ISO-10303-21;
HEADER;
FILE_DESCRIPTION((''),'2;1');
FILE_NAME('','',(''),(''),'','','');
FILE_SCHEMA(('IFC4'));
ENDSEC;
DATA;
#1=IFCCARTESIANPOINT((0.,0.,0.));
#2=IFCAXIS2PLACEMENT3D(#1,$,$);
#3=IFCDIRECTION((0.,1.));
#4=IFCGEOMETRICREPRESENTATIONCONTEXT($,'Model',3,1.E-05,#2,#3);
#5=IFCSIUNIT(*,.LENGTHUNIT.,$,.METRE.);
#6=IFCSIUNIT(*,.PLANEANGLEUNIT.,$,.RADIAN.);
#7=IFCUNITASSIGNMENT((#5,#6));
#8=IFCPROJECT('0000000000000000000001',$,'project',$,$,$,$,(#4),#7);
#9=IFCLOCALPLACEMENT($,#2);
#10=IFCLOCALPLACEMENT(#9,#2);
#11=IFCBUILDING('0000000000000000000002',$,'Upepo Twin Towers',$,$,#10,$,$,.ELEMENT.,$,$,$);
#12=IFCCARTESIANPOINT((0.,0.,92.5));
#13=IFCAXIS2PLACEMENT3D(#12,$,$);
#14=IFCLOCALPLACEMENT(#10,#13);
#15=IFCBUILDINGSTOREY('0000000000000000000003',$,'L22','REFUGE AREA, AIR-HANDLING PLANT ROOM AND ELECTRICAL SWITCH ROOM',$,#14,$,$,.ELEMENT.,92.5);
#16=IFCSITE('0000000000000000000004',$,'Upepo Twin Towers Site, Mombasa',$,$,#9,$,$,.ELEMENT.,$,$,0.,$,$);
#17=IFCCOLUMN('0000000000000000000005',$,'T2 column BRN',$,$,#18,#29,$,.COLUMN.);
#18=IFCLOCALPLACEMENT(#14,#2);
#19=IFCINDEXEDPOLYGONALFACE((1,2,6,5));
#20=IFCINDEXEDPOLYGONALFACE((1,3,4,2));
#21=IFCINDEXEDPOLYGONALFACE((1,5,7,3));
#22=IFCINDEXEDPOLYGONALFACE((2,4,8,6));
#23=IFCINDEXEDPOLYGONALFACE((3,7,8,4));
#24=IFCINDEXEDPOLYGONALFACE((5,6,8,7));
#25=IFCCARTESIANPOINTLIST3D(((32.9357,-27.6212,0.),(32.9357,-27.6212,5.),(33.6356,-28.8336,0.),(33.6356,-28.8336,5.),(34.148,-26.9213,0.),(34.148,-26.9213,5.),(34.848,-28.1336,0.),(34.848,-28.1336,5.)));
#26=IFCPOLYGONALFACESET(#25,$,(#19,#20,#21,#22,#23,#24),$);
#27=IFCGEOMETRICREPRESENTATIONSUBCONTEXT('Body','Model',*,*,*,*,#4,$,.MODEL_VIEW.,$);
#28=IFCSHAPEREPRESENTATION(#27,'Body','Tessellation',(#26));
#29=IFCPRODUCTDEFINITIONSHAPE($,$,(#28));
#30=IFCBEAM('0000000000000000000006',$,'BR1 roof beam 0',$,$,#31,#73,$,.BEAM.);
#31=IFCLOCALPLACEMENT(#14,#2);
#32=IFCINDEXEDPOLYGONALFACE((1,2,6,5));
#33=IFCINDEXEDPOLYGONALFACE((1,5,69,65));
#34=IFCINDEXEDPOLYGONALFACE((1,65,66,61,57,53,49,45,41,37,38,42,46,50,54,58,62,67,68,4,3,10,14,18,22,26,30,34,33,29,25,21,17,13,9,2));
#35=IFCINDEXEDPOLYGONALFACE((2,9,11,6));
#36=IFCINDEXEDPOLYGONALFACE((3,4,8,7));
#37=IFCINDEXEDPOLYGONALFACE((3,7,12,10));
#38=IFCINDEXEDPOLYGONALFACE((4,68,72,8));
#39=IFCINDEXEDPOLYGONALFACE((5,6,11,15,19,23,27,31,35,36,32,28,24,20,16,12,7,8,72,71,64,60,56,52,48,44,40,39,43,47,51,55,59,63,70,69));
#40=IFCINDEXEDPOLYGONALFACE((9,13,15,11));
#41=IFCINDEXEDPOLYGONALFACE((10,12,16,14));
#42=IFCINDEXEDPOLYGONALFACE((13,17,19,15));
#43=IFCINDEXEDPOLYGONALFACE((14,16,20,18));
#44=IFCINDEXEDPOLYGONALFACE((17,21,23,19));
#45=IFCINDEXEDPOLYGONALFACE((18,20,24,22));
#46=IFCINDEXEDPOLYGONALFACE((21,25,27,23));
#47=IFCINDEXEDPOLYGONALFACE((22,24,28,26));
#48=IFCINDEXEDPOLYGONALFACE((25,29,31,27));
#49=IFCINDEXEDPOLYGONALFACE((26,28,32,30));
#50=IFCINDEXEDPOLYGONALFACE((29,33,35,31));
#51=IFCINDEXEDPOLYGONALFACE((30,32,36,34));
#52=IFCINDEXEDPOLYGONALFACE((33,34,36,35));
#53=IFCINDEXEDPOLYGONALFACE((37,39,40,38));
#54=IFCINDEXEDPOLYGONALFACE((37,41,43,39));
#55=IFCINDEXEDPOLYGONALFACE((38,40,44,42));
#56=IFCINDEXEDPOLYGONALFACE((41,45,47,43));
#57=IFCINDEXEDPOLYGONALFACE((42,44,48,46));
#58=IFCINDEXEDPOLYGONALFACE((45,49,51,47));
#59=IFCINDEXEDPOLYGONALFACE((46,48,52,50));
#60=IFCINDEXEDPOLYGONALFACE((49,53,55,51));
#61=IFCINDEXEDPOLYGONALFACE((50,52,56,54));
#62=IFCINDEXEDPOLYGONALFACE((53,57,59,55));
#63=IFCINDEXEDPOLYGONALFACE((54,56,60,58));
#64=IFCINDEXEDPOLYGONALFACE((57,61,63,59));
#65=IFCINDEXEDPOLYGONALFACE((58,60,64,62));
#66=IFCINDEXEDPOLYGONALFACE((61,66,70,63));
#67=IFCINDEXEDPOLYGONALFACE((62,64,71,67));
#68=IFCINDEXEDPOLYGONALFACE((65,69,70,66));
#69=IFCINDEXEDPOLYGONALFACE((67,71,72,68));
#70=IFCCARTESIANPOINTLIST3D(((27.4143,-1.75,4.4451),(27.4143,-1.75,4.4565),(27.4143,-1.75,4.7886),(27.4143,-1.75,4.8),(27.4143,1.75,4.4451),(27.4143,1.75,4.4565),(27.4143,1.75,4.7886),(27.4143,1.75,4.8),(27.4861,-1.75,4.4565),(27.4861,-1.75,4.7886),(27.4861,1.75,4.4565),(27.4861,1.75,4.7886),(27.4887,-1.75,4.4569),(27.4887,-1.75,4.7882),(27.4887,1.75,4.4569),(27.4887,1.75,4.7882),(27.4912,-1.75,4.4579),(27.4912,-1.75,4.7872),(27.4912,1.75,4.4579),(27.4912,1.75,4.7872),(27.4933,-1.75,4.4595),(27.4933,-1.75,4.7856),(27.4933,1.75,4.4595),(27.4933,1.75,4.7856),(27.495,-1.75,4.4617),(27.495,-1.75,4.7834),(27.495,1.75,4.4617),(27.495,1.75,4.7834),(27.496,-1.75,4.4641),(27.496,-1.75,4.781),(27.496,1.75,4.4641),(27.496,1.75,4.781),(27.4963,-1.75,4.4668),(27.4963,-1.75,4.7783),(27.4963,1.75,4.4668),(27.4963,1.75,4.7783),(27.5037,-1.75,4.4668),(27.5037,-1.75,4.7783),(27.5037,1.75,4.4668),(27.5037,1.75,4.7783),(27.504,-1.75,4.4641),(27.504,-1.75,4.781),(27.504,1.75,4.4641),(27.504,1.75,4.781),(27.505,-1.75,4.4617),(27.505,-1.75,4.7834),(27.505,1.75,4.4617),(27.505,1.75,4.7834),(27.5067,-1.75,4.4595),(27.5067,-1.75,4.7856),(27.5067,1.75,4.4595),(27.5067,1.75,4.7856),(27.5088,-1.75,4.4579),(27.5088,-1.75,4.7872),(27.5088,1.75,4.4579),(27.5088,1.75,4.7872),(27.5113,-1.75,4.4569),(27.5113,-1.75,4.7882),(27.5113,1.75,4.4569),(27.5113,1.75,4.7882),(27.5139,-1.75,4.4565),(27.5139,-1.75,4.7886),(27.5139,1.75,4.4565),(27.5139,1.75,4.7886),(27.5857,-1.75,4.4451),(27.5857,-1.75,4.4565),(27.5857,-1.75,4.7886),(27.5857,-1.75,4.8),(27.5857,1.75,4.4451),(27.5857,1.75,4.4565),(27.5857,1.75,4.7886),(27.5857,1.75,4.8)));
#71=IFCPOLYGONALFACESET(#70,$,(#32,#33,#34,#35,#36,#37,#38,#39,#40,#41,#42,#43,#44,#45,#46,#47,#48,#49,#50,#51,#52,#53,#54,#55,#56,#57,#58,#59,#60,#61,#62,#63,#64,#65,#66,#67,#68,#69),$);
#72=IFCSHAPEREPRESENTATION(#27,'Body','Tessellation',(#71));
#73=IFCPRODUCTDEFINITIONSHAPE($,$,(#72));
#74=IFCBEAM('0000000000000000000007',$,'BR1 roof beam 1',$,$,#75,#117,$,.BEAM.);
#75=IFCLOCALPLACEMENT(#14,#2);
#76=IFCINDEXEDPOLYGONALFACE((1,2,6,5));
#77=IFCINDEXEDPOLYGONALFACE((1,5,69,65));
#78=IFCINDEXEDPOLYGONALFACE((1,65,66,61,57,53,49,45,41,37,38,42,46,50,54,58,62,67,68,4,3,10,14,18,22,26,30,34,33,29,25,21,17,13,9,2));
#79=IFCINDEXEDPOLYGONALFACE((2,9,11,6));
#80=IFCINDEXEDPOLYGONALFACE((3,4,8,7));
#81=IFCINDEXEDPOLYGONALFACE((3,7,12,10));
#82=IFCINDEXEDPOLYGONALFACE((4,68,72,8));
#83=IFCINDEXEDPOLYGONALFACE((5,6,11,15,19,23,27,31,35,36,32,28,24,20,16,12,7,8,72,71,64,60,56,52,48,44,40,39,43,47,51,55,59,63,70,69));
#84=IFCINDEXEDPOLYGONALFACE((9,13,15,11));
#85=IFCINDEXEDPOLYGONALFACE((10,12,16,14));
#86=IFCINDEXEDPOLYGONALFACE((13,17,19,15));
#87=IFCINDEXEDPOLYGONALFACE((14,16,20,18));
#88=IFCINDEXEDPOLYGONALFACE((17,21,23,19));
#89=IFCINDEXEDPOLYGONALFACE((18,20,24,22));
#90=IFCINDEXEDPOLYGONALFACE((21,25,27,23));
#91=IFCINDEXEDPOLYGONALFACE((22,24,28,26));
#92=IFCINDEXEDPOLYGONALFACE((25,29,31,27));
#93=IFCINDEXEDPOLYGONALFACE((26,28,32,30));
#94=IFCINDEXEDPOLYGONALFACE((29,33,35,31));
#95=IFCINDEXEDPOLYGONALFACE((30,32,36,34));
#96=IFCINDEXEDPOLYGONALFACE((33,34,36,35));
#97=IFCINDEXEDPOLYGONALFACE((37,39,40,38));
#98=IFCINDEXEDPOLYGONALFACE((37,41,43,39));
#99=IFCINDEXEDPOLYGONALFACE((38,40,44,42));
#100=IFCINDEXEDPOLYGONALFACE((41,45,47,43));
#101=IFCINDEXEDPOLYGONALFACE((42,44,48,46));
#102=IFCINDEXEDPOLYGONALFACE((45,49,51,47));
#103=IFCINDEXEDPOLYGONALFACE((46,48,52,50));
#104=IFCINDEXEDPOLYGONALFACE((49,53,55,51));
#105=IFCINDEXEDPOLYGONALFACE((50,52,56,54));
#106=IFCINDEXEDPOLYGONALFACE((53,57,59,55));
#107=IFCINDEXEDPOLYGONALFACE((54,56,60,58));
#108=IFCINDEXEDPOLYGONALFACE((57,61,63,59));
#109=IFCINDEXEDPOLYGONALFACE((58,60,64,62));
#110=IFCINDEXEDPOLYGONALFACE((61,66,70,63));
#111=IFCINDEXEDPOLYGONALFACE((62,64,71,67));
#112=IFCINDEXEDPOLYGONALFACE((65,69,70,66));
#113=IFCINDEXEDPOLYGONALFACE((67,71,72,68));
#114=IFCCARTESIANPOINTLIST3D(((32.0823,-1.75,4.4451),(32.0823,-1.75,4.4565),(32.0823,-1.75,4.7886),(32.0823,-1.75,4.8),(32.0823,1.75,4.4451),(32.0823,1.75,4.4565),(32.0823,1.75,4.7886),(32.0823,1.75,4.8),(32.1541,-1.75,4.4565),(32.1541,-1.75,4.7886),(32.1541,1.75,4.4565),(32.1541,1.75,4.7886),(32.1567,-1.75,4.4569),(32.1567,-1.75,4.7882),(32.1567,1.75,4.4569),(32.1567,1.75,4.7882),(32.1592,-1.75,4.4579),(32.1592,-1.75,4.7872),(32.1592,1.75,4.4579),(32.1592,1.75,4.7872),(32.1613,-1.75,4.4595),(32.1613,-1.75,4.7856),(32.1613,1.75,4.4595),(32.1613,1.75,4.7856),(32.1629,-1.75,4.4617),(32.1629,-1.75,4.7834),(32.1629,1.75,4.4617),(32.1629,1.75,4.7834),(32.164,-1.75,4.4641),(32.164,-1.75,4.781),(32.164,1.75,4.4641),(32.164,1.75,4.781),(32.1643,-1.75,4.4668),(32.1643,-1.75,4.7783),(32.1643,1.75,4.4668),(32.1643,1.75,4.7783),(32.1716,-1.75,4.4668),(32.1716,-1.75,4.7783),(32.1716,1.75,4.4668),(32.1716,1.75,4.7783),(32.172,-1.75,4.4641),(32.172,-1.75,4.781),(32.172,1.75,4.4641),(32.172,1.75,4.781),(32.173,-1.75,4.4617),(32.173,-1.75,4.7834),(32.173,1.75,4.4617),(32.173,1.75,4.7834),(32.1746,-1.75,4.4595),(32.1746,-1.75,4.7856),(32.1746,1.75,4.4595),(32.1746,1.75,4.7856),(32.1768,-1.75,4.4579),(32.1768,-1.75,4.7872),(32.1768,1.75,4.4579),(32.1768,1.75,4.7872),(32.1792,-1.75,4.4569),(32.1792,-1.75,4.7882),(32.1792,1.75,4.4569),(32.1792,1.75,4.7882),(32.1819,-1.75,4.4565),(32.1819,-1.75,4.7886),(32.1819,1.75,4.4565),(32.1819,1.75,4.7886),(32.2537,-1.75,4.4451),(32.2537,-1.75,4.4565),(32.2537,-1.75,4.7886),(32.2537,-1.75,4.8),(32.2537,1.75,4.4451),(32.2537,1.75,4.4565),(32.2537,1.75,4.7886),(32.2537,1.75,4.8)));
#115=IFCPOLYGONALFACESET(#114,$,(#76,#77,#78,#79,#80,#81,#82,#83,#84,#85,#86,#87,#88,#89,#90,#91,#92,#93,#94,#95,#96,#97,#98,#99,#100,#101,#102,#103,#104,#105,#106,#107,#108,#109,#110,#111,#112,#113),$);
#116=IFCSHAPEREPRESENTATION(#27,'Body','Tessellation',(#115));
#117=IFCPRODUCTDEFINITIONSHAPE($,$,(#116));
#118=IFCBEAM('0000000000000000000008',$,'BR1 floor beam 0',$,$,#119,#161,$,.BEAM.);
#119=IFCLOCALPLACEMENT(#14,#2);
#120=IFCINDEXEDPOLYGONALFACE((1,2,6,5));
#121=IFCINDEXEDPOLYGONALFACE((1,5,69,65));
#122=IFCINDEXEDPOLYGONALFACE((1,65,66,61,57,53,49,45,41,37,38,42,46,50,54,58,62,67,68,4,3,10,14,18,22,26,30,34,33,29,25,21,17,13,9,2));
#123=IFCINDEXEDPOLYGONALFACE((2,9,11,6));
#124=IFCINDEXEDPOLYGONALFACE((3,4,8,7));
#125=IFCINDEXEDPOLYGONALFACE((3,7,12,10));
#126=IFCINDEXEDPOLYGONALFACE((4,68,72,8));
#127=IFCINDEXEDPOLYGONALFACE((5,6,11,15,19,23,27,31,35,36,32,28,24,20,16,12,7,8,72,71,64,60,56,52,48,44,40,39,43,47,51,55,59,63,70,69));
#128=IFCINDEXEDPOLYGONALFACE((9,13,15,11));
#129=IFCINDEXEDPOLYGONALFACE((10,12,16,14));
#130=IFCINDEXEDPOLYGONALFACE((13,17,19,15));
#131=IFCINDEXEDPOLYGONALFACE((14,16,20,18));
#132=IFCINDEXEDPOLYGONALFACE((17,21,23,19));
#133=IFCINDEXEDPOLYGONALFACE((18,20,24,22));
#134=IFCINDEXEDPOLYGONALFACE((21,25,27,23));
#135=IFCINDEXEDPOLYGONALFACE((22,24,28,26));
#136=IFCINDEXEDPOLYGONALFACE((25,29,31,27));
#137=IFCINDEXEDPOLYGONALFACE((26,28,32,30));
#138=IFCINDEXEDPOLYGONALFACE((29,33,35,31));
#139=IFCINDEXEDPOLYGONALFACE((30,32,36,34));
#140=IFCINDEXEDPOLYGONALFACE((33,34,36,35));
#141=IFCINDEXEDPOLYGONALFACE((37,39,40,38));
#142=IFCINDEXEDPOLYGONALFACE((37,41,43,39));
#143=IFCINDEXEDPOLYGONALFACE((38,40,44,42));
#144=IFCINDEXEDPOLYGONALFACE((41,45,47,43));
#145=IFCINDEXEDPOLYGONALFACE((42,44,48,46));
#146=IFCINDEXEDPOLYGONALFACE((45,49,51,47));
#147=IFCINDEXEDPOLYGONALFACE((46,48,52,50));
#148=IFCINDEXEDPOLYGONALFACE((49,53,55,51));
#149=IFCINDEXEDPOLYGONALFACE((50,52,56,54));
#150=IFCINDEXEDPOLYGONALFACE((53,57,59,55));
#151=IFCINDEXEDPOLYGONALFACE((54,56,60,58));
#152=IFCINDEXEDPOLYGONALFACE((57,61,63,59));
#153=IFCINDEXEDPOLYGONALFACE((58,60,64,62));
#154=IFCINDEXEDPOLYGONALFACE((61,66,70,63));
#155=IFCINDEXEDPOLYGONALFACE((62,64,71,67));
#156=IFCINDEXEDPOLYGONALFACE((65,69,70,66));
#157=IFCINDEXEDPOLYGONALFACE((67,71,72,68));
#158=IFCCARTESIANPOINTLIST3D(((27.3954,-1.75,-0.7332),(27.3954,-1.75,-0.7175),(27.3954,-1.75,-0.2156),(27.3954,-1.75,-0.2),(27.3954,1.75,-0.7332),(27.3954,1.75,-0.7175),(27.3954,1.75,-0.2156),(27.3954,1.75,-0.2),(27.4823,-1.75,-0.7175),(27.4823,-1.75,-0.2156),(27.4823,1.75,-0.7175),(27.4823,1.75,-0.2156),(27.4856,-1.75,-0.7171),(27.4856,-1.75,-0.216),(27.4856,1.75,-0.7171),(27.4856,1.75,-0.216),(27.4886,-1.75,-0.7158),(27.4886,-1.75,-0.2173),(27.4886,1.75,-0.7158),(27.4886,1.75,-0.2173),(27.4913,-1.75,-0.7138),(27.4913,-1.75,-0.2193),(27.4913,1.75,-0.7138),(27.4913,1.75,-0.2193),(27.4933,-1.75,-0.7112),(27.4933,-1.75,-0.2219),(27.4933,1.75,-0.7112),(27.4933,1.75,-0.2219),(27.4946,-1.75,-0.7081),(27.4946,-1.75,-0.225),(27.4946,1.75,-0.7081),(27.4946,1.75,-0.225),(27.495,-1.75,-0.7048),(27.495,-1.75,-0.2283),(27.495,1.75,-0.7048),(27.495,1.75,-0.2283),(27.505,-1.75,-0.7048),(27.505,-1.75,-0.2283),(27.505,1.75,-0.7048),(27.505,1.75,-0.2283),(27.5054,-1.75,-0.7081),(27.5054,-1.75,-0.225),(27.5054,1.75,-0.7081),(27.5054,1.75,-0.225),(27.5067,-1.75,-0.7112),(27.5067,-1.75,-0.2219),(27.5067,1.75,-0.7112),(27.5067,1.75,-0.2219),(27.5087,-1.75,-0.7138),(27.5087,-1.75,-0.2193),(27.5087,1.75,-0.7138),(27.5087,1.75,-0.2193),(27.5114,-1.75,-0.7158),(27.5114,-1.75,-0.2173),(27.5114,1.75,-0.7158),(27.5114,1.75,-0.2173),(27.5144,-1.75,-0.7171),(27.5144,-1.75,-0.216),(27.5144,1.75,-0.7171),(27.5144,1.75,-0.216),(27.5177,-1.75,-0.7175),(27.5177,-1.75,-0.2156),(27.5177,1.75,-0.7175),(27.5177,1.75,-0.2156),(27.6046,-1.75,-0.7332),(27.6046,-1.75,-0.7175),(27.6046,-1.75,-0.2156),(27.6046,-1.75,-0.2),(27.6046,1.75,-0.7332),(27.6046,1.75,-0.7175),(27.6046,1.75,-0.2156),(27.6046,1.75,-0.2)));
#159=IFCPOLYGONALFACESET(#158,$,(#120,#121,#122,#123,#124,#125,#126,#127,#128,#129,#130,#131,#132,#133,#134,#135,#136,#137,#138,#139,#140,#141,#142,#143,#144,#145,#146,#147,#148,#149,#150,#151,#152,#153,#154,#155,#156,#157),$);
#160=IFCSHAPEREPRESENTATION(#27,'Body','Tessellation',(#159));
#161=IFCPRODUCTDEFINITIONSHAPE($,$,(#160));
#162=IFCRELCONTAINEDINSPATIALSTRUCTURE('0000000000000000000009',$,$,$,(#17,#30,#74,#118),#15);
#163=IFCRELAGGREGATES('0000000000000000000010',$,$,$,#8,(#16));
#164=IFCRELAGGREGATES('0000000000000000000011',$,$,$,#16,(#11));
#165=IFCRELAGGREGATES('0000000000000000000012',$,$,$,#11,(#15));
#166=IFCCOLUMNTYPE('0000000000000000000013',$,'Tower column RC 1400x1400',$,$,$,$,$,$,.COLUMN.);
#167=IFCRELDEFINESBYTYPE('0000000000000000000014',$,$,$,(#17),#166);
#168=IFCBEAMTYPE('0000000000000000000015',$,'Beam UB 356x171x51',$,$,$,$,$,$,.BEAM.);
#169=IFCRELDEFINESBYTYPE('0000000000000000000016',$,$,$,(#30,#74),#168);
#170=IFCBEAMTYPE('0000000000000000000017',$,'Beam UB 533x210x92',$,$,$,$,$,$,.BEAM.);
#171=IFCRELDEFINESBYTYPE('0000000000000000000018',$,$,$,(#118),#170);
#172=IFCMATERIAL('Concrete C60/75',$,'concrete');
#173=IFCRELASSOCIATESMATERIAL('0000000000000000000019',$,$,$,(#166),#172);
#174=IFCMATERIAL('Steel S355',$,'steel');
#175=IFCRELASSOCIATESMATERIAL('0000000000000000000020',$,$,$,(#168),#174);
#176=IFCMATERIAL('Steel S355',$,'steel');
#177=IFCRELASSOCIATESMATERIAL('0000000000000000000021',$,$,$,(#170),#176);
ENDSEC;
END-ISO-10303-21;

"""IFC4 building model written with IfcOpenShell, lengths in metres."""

from ifc_helpers import new_model, si_unit, direction, frame, origin, origin_2d, place, context, subcontext, project, spatial, rectangle, i_section, extrude, material, material_profile, profile_set, type_object, element, save


model = new_model("IFC4")

# Units and contexts
model_context = context("Model", 3, precision=1e-05, world=origin(), true_north=direction((0.0, 1.0)))
body_context = subcontext(model_context, "Body", "Model", "MODEL_VIEW")
ifc_project = project(units=[si_unit("LENGTHUNIT", "METRE"), si_unit("PLANEANGLEUNIT", "RADIAN")], contexts=[model_context])

# Site, building, storey
site_placement = place(None, origin())
site = spatial("IfcSite", under=ifc_project, at=site_placement, Name="Upepo Twin Towers Site, Mombasa", CompositionType="ELEMENT", RefElevation=0.0)
building_placement = place(site_placement, origin())
building = spatial("IfcBuilding", under=site, at=building_placement, Name="Upepo Twin Towers", CompositionType="ELEMENT")
storey_placement = place(building_placement, frame((0.0, 0.0, 92.5)))
storey = spatial("IfcBuildingStorey", under=building, at=storey_placement, Name="L22", Description="REFUGE AREA, AIR-HANDLING PLANT ROOM AND ELECTRICAL SWITCH ROOM", CompositionType="ELEMENT", Elevation=92.5)

# Column
ifc_material_1 = material(Name="Concrete C60/75", Category="concrete")
ifc_material_profile_1 = material_profile(ifc_material_1, rectangle(XDim=1.3999, YDim=1.3999, at=origin_2d()), Name="RC 1400x1400")
ifc_profile_set_1 = profile_set([ifc_material_profile_1], Name="Concrete C60/75")
column_type = type_object("IfcColumnType", Name="Tower column RC 1400x1400", PredefinedType="COLUMN", material=ifc_profile_set_1)
column_placement = place(storey_placement, frame((33.8918, -27.8774, 0.0), z_axis=(0.0, 0.0, 1.0), x_axis=(0.866025, 0.5, 0.0)))
element("IfcColumn", 1, at=column_placement, inside=storey, type_object=column_type, Name="T2 column BRN", PredefinedType="COLUMN", context=body_context, shape_type="SweptSolid", body=[
    extrude(rectangle(XDim=1.3999, YDim=1.3999, at=origin_2d()), origin(), (0.0, 0.0, 1.0), 5.0),
])

# Beams
ifc_material_2 = material(Name="Steel S355", Category="steel")
ifc_material_profile_2 = material_profile(ifc_material_2, i_section(OverallWidth=0.1714, OverallDepth=0.355, WebThickness=0.0073, FlangeThickness=0.0115, FilletRadius=0.0103, at=origin_2d()), Name="UB 356x171x51")
ifc_profile_set_2 = profile_set([ifc_material_profile_2], Name="Steel S355")
beam_type_1 = type_object("IfcBeamType", Name="Beam UB 356x171x51", PredefinedType="BEAM", material=ifc_profile_set_2)
for number, where, z_axis, x_axis, name in (
    (2, (27.5, -1.75, 4.6226), (0.0, 1.0, 0.0), (-1.0, 0.0, 0.0), "BR1 roof beam 0"),
    (3, (32.168, -1.75, 4.6226), (0.0, 1.0, 0.0), (-1.0, 0.0, 0.0), "BR1 roof beam 1"),
):
    element("IfcBeam", number, at=place(storey_placement, frame(where, z_axis=z_axis, x_axis=x_axis)), inside=storey, type_object=beam_type_1, Name=name, PredefinedType="BEAM", context=body_context, shape_type="SweptSolid", body=[
        extrude(i_section(OverallWidth=0.1714, OverallDepth=0.355, WebThickness=0.0073, FlangeThickness=0.0115, FilletRadius=0.0103, at=origin_2d()), origin(), (0.0, 0.0, 1.0), 3.5),
    ])
ifc_material_3 = material(Name="Steel S355", Category="steel")
ifc_material_profile_3 = material_profile(ifc_material_3, i_section(OverallWidth=0.2092, OverallDepth=0.5332, WebThickness=0.01, FlangeThickness=0.0156, FilletRadius=0.0127, at=origin_2d()), Name="UB 533x210x92")
ifc_profile_set_3 = profile_set([ifc_material_profile_3], Name="Steel S355")
beam_type_2 = type_object("IfcBeamType", Name="Beam UB 533x210x92", PredefinedType="BEAM", material=ifc_profile_set_3)
for number, where, z_axis, x_axis, name in (
    (4, (27.5, -1.75, -0.4666), (0.0, 1.0, 0.0), (-1.0, 0.0, 0.0), "BR1 floor beam 0"),
):
    element("IfcBeam", number, at=place(storey_placement, frame(where, z_axis=z_axis, x_axis=x_axis)), inside=storey, type_object=beam_type_2, Name=name, PredefinedType="BEAM", context=body_context, shape_type="SweptSolid", body=[
        extrude(i_section(OverallWidth=0.2092, OverallDepth=0.5332, WebThickness=0.01, FlangeThickness=0.0156, FilletRadius=0.0127, at=origin_2d()), origin(), (0.0, 0.0, 1.0), 3.5),
    ])

save(model, "model.ifc")
